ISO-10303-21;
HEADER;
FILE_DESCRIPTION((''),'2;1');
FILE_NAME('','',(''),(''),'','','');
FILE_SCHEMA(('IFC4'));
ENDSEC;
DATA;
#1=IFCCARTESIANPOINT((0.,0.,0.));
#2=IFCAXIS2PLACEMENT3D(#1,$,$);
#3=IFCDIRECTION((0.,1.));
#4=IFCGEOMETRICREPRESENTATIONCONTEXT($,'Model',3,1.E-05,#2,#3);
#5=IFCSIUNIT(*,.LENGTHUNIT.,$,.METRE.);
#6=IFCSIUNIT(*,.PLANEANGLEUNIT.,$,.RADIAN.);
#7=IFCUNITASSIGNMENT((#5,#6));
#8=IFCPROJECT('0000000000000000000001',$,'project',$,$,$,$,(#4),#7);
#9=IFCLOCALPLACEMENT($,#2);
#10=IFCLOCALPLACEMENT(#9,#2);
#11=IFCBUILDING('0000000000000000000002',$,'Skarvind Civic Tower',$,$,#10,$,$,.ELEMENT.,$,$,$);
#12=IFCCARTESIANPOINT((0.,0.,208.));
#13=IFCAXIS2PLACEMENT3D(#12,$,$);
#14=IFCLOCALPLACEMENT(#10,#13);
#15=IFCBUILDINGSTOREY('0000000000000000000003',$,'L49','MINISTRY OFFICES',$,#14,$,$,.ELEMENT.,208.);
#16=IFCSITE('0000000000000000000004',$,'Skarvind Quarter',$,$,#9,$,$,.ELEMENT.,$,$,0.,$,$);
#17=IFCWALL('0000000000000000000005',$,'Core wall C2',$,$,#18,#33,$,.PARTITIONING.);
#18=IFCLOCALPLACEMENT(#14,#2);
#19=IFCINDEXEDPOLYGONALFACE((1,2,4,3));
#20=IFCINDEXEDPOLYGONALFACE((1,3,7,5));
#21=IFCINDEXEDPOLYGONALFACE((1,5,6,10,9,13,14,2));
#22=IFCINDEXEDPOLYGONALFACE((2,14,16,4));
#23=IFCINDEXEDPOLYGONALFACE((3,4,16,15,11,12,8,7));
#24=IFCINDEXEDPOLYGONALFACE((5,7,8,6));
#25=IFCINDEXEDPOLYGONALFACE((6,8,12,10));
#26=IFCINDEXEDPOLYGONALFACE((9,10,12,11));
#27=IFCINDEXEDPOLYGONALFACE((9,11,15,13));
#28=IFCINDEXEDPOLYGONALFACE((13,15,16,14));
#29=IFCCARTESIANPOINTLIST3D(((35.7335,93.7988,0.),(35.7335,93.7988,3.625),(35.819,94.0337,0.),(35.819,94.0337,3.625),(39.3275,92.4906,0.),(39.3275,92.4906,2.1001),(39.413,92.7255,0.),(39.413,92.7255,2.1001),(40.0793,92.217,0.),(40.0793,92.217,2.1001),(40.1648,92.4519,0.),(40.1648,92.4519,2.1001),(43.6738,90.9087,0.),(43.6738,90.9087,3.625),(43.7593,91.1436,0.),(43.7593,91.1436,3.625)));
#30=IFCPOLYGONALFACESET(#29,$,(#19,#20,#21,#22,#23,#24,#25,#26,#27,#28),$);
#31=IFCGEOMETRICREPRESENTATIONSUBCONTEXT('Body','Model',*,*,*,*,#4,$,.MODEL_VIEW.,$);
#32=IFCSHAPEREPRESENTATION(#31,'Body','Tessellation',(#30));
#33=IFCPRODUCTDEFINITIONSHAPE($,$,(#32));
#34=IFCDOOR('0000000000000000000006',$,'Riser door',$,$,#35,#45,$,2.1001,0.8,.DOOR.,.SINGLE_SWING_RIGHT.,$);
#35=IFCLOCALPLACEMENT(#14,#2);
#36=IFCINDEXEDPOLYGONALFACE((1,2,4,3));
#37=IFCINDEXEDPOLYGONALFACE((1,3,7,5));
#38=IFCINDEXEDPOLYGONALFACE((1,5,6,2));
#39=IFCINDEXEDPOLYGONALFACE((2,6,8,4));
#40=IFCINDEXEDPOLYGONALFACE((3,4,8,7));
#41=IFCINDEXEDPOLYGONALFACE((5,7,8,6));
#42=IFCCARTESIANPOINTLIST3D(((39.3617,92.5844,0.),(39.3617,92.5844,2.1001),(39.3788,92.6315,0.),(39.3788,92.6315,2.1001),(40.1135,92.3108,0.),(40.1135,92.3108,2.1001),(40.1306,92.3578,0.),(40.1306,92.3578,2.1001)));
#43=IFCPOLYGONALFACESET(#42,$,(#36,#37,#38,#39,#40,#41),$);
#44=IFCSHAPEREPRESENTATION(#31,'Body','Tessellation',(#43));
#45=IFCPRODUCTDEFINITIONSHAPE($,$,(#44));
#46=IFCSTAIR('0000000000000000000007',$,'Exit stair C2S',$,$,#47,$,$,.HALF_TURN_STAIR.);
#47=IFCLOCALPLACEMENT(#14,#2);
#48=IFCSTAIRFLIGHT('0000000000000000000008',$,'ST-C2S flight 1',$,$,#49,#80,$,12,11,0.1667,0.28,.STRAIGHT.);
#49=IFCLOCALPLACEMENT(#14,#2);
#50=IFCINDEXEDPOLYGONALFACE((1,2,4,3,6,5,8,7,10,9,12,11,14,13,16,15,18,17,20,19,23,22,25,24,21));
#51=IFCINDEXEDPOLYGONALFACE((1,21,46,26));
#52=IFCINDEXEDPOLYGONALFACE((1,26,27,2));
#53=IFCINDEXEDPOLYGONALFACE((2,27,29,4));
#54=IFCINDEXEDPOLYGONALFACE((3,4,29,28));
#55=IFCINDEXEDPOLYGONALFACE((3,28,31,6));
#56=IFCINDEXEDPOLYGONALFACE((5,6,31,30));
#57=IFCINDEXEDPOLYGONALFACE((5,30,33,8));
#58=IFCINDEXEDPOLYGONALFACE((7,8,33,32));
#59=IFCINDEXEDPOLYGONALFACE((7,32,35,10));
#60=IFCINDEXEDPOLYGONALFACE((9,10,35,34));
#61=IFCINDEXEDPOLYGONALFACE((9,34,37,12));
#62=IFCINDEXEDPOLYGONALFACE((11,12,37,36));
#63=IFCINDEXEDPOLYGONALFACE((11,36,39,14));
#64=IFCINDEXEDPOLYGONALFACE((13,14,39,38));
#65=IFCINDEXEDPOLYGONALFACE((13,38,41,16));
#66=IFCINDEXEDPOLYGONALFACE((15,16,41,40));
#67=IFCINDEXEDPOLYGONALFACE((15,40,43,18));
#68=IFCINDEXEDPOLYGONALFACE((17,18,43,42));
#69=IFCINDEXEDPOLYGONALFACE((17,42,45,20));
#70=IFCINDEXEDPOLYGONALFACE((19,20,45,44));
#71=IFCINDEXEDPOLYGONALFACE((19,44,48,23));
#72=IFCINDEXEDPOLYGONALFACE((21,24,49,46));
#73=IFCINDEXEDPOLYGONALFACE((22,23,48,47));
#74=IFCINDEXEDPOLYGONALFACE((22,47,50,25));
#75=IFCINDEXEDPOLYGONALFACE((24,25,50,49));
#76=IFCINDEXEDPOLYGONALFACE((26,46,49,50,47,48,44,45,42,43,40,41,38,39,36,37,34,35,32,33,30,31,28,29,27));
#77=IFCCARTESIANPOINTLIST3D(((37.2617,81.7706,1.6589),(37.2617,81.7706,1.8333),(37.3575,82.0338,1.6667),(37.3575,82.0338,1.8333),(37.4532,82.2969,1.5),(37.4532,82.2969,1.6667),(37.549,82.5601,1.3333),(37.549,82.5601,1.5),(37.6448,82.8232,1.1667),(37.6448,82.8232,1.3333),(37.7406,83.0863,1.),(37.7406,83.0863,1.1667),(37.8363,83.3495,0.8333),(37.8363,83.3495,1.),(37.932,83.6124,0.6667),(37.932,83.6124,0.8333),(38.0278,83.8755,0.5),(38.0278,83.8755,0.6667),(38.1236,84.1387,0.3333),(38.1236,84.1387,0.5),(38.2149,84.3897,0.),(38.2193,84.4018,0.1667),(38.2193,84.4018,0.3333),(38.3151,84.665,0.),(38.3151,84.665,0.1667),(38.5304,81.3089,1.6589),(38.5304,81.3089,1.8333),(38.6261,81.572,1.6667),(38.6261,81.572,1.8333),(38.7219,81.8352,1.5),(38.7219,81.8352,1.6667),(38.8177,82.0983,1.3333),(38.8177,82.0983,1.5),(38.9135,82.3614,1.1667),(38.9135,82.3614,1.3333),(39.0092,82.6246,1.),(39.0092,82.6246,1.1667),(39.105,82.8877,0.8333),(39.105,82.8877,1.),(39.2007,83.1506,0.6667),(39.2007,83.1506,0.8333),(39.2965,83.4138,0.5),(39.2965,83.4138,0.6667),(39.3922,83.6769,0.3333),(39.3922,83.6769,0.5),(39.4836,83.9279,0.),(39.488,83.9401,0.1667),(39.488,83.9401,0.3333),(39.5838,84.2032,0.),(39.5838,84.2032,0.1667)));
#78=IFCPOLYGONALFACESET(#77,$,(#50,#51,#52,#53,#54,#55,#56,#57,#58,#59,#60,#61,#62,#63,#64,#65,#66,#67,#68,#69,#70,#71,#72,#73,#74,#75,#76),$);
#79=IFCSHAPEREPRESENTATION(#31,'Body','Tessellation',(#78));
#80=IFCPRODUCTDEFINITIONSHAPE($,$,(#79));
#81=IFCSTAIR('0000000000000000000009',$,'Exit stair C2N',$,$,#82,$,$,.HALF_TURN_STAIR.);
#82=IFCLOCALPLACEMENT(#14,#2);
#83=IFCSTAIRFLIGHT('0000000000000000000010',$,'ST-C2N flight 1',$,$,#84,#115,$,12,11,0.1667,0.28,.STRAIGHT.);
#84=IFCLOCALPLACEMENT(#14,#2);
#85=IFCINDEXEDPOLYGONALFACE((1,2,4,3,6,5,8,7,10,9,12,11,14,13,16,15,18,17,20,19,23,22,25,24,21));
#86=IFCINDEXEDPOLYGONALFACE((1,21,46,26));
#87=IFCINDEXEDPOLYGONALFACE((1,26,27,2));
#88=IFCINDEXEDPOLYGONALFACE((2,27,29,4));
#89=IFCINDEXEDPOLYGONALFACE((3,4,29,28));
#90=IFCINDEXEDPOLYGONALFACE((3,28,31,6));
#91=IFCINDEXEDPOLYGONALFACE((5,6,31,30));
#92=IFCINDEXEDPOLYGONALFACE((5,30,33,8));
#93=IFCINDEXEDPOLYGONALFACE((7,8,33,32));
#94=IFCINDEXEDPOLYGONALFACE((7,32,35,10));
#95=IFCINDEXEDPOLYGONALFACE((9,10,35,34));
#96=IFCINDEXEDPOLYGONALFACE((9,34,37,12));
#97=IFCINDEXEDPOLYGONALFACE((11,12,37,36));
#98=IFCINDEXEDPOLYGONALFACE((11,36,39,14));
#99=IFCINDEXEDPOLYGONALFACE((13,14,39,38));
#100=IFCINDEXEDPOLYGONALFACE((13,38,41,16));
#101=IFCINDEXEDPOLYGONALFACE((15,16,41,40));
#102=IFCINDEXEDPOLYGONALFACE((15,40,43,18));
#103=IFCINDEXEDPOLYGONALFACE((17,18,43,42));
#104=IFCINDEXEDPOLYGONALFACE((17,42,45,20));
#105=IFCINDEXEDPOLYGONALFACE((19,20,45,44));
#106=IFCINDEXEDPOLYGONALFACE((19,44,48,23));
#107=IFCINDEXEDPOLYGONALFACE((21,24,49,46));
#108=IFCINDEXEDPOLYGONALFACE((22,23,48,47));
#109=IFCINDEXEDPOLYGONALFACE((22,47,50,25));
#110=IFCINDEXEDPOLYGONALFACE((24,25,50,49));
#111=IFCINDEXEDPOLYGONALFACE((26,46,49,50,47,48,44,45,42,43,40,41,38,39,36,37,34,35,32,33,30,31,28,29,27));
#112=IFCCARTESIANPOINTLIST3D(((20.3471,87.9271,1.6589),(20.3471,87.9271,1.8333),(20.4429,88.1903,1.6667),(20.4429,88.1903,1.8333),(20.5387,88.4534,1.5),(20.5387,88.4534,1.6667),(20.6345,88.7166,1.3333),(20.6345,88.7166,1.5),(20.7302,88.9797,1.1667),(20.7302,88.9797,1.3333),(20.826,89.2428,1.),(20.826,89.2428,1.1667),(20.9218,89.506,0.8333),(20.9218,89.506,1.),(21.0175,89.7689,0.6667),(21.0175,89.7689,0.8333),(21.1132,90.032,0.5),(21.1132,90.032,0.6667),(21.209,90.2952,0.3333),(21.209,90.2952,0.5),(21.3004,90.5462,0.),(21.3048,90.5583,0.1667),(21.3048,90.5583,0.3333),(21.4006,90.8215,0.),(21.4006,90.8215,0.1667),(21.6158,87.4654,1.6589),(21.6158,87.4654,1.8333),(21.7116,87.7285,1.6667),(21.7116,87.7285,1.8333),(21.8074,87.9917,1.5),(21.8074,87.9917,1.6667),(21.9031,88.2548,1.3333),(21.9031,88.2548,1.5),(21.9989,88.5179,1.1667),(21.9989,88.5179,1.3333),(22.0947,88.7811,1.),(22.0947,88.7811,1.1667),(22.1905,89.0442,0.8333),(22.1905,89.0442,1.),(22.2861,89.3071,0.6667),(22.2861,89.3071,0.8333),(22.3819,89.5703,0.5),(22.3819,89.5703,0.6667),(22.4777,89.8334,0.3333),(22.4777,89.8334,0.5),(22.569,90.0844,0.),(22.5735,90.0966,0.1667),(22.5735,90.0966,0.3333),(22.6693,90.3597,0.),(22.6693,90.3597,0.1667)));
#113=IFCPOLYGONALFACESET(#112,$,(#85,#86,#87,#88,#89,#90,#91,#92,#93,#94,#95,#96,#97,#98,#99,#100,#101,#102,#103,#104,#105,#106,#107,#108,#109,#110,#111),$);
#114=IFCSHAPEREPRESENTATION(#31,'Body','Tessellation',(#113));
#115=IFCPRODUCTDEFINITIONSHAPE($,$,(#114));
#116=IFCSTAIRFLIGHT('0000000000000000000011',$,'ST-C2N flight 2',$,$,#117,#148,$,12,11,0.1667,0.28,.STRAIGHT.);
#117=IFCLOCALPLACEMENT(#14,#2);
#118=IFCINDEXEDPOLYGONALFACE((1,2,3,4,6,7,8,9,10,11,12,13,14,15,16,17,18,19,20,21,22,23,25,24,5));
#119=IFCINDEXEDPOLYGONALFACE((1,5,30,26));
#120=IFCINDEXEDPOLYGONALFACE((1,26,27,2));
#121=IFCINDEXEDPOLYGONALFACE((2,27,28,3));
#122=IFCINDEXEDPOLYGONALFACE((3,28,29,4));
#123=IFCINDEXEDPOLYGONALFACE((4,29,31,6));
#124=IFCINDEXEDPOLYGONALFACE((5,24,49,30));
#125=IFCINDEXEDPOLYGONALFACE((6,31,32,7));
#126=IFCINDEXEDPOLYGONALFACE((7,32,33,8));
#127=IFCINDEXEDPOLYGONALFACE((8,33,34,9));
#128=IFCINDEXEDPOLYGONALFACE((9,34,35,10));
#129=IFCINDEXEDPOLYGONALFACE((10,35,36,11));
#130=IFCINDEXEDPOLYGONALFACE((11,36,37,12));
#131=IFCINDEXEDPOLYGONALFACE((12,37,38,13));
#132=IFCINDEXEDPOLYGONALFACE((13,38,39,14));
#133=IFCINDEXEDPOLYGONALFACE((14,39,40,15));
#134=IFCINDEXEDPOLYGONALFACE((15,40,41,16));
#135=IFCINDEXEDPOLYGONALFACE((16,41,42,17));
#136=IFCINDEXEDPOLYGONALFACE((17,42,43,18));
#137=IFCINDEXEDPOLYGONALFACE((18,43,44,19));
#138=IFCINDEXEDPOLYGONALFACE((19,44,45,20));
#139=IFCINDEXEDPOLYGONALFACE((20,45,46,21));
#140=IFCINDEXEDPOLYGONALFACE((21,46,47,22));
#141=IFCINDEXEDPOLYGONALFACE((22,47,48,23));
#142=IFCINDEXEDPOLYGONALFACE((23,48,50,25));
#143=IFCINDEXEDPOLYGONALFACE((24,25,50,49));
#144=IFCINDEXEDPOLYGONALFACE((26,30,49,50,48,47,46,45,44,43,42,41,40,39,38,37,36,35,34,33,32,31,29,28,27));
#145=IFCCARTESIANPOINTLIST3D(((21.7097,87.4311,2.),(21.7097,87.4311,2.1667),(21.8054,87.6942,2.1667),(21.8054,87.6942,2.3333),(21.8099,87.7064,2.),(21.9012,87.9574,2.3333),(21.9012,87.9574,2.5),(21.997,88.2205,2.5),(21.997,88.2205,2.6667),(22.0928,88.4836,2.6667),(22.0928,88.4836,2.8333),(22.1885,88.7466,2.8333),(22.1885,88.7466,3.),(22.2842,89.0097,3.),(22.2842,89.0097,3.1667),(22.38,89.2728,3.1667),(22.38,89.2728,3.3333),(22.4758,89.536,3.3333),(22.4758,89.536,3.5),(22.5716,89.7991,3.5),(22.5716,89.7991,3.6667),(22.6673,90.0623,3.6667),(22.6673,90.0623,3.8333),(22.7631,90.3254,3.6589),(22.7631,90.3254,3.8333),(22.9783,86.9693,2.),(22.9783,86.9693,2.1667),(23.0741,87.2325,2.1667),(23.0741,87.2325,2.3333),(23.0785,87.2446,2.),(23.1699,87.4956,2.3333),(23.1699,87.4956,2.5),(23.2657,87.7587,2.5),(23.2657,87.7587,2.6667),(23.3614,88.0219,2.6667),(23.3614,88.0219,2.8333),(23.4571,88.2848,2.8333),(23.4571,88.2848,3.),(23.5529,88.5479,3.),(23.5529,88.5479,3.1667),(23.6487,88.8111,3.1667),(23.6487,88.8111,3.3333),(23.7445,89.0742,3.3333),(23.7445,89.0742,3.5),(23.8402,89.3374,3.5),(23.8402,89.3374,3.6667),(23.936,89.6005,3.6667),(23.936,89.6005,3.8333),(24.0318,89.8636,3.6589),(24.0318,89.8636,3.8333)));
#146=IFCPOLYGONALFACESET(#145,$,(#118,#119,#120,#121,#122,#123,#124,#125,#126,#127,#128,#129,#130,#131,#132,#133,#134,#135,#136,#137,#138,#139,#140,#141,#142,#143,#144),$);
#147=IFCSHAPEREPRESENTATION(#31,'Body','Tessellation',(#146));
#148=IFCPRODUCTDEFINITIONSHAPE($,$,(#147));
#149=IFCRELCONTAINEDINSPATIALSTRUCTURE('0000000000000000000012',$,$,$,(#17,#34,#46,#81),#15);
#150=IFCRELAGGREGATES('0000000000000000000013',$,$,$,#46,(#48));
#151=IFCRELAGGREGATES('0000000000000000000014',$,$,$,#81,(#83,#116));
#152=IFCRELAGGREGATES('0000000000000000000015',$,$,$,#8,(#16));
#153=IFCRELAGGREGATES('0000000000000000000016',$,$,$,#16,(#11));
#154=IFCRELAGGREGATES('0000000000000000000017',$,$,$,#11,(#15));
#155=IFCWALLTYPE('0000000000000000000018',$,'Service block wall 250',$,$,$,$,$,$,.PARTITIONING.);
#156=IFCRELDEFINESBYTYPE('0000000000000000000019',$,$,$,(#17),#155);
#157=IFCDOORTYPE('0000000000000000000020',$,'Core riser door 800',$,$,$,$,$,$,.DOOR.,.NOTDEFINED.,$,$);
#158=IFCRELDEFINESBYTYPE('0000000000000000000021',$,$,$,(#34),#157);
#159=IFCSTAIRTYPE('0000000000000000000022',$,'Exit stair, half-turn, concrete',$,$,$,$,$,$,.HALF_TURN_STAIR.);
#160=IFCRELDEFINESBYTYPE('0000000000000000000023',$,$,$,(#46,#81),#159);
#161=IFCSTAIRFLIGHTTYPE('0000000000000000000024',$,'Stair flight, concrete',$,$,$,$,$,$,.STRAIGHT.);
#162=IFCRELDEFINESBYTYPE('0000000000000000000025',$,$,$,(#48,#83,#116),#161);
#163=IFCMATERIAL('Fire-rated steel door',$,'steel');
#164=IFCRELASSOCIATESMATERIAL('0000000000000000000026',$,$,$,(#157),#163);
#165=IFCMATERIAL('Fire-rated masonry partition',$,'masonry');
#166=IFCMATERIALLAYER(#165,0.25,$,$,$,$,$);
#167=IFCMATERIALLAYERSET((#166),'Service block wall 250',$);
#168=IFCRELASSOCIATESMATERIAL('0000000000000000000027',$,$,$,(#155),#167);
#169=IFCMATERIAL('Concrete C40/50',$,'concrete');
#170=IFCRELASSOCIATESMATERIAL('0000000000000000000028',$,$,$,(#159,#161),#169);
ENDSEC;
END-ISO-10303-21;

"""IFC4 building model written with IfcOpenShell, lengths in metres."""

from ifc_helpers import new_model, si_unit, direction, frame, frame_2d, origin, place, context, subcontext, project, spatial, polyline, rectangle, outline, extrude, material, layer, layer_set, type_object, element, fill, aggregate, save


model = new_model("IFC4")

# Units and contexts
model_context = context("Model", 3, precision=1e-05, world=origin(), true_north=direction((0.0, 1.0)))
body_context = subcontext(model_context, "Body", "Model", "MODEL_VIEW")
ifc_project = project(units=[si_unit("LENGTHUNIT", "METRE"), si_unit("PLANEANGLEUNIT", "RADIAN")], contexts=[model_context])

# Site, building, storey
site_placement = place(None, origin())
site = spatial("IfcSite", under=ifc_project, at=site_placement, Name="Skarvind Quarter", CompositionType="ELEMENT", RefElevation=0.0)
building_placement = place(site_placement, origin())
building = spatial("IfcBuilding", under=site, at=building_placement, Name="Skarvind Civic Tower", CompositionType="ELEMENT")
storey_placement = place(building_placement, frame((0.0, 0.0, 208.0)))
storey = spatial("IfcBuildingStorey", under=building, at=storey_placement, Name="L49", Description="MINISTRY OFFICES", CompositionType="ELEMENT", Elevation=208.0)

# Shared definitions
ifc_material_1 = material(Name="Fire-rated masonry partition", Category="masonry")
ifc_material_2 = material(Name="Fire-rated steel door", Category="steel")

# Wall, opening, door
door_type_1 = type_object("IfcDoorType", Name="Core riser door 800", OperationType="NOTDEFINED", PredefinedType="DOOR", material=ifc_material_2)
ifc_layer_1 = layer(ifc_material_1, 0.25)
ifc_layer_set_1 = layer_set([ifc_layer_1], Name="Service block wall 250")
wall_type_1 = type_object("IfcWallType", Name="Service block wall 250", PredefinedType="PARTITIONING", material=ifc_layer_set_1)
wall_1_placement = place(storey_placement, frame((35.7761, 93.9163, 0.0), z_axis=(0.0, 0.0, 1.0), x_axis=(0.93969, -0.342026, 0.0)))
wall_1 = element("IfcWall", 1, at=wall_1_placement, inside=storey, type_object=wall_type_1, Name="Core wall C2", PredefinedType="PARTITIONING", context=body_context, shape_type="SweptSolid", body=[
    extrude(rectangle(XDim=8.45, YDim=0.25, at=frame_2d((4.2251, 0.0))), origin(), (0.0, 0.0, 1.0), 3.625),
])
opening_1_placement = place(wall_1_placement, frame((3.825, 0.0, 0.0)))
opening_1 = element("IfcOpeningElement", 2, at=opening_1_placement, cuts=wall_1, PredefinedType="OPENING", context=body_context, shape_type="SweptSolid", body=[
    extrude(rectangle(XDim=0.8, YDim=2.1001, at=frame_2d((0.3999, 1.05))), frame((0.0, 0.135, 0.0), z_axis=(0.0, -1.0, 0.0), x_axis=(1.0, 0.0, 0.0)), (0.0, 0.0, 1.0), 0.27),
])
door_1_placement = place(opening_1_placement, origin())
door_1 = element("IfcDoor", 3, at=door_1_placement, inside=storey, type_object=door_type_1, Name="Riser door", OperationType="SINGLE_SWING_RIGHT", OverallHeight=2.1001, OverallWidth=0.8, PredefinedType="DOOR", context=body_context, shape_type="SweptSolid", body=[
    extrude(rectangle(XDim=0.8, YDim=2.1001, at=frame_2d((0.3999, 1.05))), frame((0.0, 0.0249, 0.0), z_axis=(0.0, -1.0, 0.0), x_axis=(1.0, 0.0, 0.0)), (0.0, 0.0, 1.0), 0.05),
])
fill(opening_1, door_1)

# Stair, stair flight
ifc_material_3 = material(Name="Concrete C40/50", Category="concrete")
stair_type = type_object("IfcStairType", Name="Exit stair, half-turn, concrete", PredefinedType="HALF_TURN_STAIR", material=ifc_material_3)
stair_1_placement = place(storey_placement, origin())
stair_1 = element("IfcStair", 4, at=stair_1_placement, inside=storey, type_object=stair_type, Name="Exit stair C2S", PredefinedType="HALF_TURN_STAIR")
stair_flight_type = type_object("IfcStairFlightType", Name="Stair flight, concrete", PredefinedType="STRAIGHT", material=ifc_material_3)
stair_flight_1_placement = place(storey_placement, frame((38.9495, 84.4341, 0.0), z_axis=(0.0, 0.0, 1.0), x_axis=(-0.34202, -0.939693, 0.0)))
stair_flight_1 = element("IfcStairFlight", 5, at=stair_flight_1_placement, type_object=stair_flight_type, Name="ST-C2S flight 1", NumberOfRisers=12, NumberOfTreads=11, PredefinedType="STRAIGHT", RiserHeight=0.1667, TreadLength=0.28, context=body_context, shape_type="SweptSolid", body=[
    extrude(outline(polyline([(0.0, 0.0), (0.0, 0.1667), (0.28, 0.1667), (0.28, 0.3333), (0.5601, 0.3333), (0.5601, 0.5), (0.8401, 0.5), (0.8401, 0.6667), (1.1201, 0.6667), (1.1201, 0.8333), (1.3999, 0.8333), (1.3999, 1.0), (1.6799, 1.0), (1.6799, 1.1667), (1.96, 1.1667), (1.96, 1.3333), (2.24, 1.3333), (2.24, 1.5), (2.52, 1.5), (2.52, 1.6667), (2.8, 1.6667), (2.8, 1.8333), (3.0801, 1.8333), (3.0801, 2.0), (3.0801, 1.6589), (0.293, 0.0), (0.0, 0.0)])), frame((0.0, 0.675, 0.0), z_axis=(0.0, -1.0, 0.0), x_axis=(1.0, 0.0, 0.0)), (0.0, 0.0, 1.0), 1.3501),
])
aggregate(stair_1, [stair_flight_1])

# Stair, stair flights
stair_2_placement = place(storey_placement, origin())
stair_2 = element("IfcStair", 6, at=stair_2_placement, inside=storey, type_object=stair_type, Name="Exit stair C2N", PredefinedType="HALF_TURN_STAIR")
stair_flight_2_placement = place(storey_placement, frame((22.0349, 90.5906, 0.0), z_axis=(0.0, 0.0, 1.0), x_axis=(-0.34202, -0.939693, 0.0)))
stair_flight_2 = element("IfcStairFlight", 7, at=stair_flight_2_placement, type_object=stair_flight_type, Name="ST-C2N flight 1", NumberOfRisers=12, NumberOfTreads=11, PredefinedType="STRAIGHT", RiserHeight=0.1667, TreadLength=0.28, context=body_context, shape_type="SweptSolid", body=[
    extrude(outline(polyline([(0.0, 0.0), (0.0, 0.1667), (0.28, 0.1667), (0.28, 0.3333), (0.5601, 0.3333), (0.5601, 0.5), (0.8401, 0.5), (0.8401, 0.6667), (1.1201, 0.6667), (1.1201, 0.8333), (1.3999, 0.8333), (1.3999, 1.0), (1.6799, 1.0), (1.6799, 1.1667), (1.96, 1.1667), (1.96, 1.3333), (2.24, 1.3333), (2.24, 1.5), (2.52, 1.5), (2.52, 1.6667), (2.8, 1.6667), (2.8, 1.8333), (3.0801, 1.8333), (3.0801, 2.0), (3.0801, 1.6589), (0.293, 0.0), (0.0, 0.0)])), frame((0.0, 0.675, 0.0), z_axis=(0.0, -1.0, 0.0), x_axis=(1.0, 0.0, 0.0)), (0.0, 0.0, 1.0), 1.3501),
])
stair_flight_3_placement = place(storey_placement, frame((22.344, 87.2002, 2.0), z_axis=(0.0, 0.0, 1.0), x_axis=(0.34202, 0.939693, 0.0)))
stair_flight_3 = element("IfcStairFlight", 8, at=stair_flight_3_placement, type_object=stair_flight_type, Name="ST-C2N flight 2", NumberOfRisers=12, NumberOfTreads=11, PredefinedType="STRAIGHT", RiserHeight=0.1667, TreadLength=0.28, context=body_context, shape_type="SweptSolid", body=[
    extrude(outline(polyline([(0.0, 0.0), (0.0, 0.1667), (0.28, 0.1667), (0.28, 0.3333), (0.5601, 0.3333), (0.5601, 0.5), (0.8401, 0.5), (0.8401, 0.6667), (1.1201, 0.6667), (1.1201, 0.8333), (1.3999, 0.8333), (1.3999, 1.0), (1.6799, 1.0), (1.6799, 1.1667), (1.96, 1.1667), (1.96, 1.3333), (2.24, 1.3333), (2.24, 1.5), (2.52, 1.5), (2.52, 1.6667), (2.8, 1.6667), (2.8, 1.8333), (3.0801, 1.8333), (3.0801, 2.0), (3.0801, 1.6589), (0.293, 0.0), (0.0, 0.0)])), frame((0.0, 0.675, 0.0), z_axis=(0.0, -1.0, 0.0), x_axis=(1.0, 0.0, 0.0)), (0.0, 0.0, 1.0), 1.3501),
])
aggregate(stair_2, [stair_flight_2, stair_flight_3])

save(model, "model.ifc")
